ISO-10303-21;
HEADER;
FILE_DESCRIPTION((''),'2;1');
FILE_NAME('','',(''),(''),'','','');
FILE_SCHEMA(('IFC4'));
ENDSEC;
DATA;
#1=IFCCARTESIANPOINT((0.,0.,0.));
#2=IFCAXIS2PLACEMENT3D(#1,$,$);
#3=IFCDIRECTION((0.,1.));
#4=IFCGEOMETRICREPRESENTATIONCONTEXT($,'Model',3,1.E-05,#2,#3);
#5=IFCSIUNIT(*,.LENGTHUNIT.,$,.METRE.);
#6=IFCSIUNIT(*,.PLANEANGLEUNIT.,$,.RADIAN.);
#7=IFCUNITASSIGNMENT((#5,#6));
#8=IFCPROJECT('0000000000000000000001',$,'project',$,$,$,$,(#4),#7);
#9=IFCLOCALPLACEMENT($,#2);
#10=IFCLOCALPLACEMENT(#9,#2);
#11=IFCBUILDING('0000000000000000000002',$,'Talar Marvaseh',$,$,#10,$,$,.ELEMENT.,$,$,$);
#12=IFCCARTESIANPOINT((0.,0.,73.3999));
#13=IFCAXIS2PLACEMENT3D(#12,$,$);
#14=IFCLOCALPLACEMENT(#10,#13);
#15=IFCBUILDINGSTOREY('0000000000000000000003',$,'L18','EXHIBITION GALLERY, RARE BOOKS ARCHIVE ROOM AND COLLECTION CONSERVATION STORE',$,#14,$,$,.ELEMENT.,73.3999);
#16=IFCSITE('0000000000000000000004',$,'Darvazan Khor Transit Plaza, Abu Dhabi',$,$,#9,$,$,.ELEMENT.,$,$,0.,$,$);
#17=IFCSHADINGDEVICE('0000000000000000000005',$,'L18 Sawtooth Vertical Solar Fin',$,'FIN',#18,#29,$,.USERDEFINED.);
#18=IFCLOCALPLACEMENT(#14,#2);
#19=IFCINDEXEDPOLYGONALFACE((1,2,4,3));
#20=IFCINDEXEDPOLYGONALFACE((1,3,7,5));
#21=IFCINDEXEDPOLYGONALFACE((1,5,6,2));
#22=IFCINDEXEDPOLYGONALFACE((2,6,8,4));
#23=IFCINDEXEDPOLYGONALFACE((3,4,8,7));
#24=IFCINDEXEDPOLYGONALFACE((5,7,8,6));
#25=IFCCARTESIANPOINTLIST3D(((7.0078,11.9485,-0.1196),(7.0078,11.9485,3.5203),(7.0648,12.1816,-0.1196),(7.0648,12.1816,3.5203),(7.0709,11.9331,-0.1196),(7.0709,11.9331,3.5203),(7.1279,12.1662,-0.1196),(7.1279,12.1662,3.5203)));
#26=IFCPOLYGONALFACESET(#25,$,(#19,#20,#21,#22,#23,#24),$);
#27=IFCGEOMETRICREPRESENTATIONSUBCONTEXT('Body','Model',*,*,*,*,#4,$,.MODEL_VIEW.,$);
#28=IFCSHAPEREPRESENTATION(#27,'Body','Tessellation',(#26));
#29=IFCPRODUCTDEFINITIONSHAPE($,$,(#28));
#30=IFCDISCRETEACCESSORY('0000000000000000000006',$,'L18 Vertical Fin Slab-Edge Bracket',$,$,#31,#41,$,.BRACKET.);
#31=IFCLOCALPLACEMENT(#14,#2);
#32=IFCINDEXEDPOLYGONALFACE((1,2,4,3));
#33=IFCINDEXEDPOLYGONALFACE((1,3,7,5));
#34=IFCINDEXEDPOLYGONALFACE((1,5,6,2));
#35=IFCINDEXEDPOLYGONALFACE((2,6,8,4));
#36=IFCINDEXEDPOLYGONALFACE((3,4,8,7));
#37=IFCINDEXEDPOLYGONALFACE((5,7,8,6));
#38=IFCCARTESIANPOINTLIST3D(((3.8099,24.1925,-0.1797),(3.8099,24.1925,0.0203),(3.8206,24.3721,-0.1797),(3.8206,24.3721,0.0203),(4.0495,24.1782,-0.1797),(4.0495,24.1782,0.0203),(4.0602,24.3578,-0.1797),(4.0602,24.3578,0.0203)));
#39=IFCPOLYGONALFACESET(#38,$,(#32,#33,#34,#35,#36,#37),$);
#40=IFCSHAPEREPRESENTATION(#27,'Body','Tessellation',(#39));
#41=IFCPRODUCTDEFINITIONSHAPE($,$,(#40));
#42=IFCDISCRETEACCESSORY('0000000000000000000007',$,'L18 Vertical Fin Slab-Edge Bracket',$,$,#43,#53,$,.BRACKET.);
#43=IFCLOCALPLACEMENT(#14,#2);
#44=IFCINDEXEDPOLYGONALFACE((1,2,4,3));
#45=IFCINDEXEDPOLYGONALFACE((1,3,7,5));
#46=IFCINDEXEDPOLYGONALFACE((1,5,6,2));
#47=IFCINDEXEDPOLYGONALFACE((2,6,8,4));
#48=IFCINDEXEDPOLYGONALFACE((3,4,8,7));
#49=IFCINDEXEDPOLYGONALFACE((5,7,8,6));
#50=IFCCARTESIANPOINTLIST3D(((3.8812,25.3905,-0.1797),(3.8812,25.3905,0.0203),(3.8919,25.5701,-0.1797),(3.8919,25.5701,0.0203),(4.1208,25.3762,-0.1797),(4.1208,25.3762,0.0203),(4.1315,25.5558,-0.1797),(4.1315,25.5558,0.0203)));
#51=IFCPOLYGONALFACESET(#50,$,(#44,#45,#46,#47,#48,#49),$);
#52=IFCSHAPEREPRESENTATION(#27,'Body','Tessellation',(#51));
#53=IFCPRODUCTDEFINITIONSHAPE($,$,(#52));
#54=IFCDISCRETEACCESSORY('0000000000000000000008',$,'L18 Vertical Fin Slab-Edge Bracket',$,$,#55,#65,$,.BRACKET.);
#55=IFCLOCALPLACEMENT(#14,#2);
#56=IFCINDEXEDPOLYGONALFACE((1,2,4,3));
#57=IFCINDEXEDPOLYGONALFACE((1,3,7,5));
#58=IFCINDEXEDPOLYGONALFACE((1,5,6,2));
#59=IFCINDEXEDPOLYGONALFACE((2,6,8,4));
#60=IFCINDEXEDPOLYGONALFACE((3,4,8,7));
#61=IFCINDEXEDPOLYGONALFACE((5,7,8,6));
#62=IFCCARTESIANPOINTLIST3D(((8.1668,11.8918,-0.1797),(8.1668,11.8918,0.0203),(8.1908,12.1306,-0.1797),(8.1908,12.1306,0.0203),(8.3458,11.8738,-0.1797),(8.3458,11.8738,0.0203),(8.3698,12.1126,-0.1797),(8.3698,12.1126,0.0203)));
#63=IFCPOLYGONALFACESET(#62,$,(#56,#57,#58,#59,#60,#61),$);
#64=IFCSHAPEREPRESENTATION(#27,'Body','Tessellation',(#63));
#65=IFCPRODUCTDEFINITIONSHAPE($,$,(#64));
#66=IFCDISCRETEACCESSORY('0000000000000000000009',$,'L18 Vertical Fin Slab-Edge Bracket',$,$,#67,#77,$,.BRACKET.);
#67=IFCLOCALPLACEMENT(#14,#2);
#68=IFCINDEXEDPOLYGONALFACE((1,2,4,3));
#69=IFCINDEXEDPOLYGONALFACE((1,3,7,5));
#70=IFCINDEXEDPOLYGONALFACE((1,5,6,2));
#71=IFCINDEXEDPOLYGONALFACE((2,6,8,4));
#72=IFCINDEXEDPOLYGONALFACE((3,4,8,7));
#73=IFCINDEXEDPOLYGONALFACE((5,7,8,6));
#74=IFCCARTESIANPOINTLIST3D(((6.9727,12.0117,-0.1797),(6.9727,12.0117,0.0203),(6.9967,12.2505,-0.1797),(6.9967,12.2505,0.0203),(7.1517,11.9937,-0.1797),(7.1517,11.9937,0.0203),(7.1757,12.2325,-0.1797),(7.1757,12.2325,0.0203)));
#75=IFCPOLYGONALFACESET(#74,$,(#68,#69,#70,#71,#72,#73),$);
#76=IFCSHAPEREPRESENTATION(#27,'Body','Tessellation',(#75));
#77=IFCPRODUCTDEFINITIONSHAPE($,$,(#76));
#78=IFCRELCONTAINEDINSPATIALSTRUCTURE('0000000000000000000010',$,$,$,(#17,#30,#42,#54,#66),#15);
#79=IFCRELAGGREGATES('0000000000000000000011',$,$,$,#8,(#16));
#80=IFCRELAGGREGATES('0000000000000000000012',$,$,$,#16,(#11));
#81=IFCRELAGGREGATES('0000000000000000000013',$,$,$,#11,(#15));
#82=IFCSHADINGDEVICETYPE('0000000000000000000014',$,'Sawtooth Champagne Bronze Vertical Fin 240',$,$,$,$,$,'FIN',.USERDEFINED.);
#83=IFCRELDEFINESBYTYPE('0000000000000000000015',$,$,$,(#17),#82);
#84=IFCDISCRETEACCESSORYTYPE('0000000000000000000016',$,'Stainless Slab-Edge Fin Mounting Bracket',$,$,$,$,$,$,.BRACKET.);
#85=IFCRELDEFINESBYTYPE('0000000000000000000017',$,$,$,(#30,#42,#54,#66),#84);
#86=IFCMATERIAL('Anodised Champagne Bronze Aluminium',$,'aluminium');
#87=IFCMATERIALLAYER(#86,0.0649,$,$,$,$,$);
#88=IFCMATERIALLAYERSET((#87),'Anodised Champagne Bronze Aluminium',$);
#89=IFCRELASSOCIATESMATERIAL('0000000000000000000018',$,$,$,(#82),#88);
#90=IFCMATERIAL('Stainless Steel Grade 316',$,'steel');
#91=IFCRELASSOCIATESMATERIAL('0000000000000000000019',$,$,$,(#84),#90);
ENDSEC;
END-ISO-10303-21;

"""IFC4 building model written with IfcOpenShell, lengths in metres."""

from ifc_helpers import new_model, si_unit, direction, frame, origin, origin_2d, place, context, subcontext, project, spatial, rectangle, extrude, source, transform, mapped, material, layer, layer_set, type_object, type_shapes, element, save


model = new_model("IFC4")

# Units and contexts
model_context = context("Model", 3, precision=1e-05, world=origin(), true_north=direction((0.0, 1.0)))
body_context = subcontext(model_context, "Body", "Model", "MODEL_VIEW")
ifc_project = project(units=[si_unit("LENGTHUNIT", "METRE"), si_unit("PLANEANGLEUNIT", "RADIAN")], contexts=[model_context])

# Site, building, storey
site_placement = place(None, origin())
site = spatial("IfcSite", under=ifc_project, at=site_placement, Name="Darvazan Khor Transit Plaza, Abu Dhabi", CompositionType="ELEMENT", RefElevation=0.0)
building_placement = place(site_placement, origin())
building = spatial("IfcBuilding", under=site, at=building_placement, Name="Talar Marvaseh", CompositionType="ELEMENT")
storey_placement = place(building_placement, frame((0.0, 0.0, 73.3999)))
storey = spatial("IfcBuildingStorey", under=building, at=storey_placement, Name="L18", Description="EXHIBITION GALLERY, RARE BOOKS ARCHIVE ROOM AND COLLECTION CONSERVATION STORE", CompositionType="ELEMENT", Elevation=73.3999)

# Shading device
ifc_material_1 = material(Name="Anodised Champagne Bronze Aluminium", Category="aluminium")
ifc_layer_1 = layer(ifc_material_1, 0.0649)
ifc_layer_set_1 = layer_set([ifc_layer_1], Name="Anodised Champagne Bronze Aluminium")
shading_device_type = type_object("IfcShadingDeviceType", Name="Sawtooth Champagne Bronze Vertical Fin 240", ElementType="FIN", PredefinedType="USERDEFINED", material=ifc_layer_set_1)
shared_shape_1 = source(origin(), body_context, "Body", "SweptSolid", [
    extrude(rectangle(XDim=0.24, YDim=0.0649, at=origin_2d()), origin(), (0.0, 0.0, 1.0), 3.6399),
])
type_shapes(shading_device_type, [shared_shape_1])
shading_device_placement = place(storey_placement, frame((7.0679, 12.0574, -0.1196), z_axis=(0.0, 0.0, 1.0), x_axis=(-0.237516, -0.971384, 0.0)))
element("IfcShadingDevice", 1, at=shading_device_placement, inside=storey, type_object=shading_device_type, Name="L18 Sawtooth Vertical Solar Fin", ObjectType="FIN", PredefinedType="USERDEFINED", context=body_context, shape_type="MappedRepresentation", body=[
    mapped(shared_shape_1, transform((0.0, 0.0, 0.0), x_axis=(1.0, 0.0, 0.0), y_axis=(0.0, 1.0, 0.0), z_axis=(0.0, 0.0, 1.0), scale=1.0)),
])

# Discrete accessories
ifc_material_2 = material(Name="Stainless Steel Grade 316", Category="steel")
discrete_accessory_type = type_object("IfcDiscreteAccessoryType", Name="Stainless Slab-Edge Fin Mounting Bracket", PredefinedType="BRACKET", material=ifc_material_2)
shared_shape_2 = source(origin(), body_context, "Body", "SweptSolid", [
    extrude(rectangle(XDim=0.24, YDim=0.1799, at=origin_2d()), origin(), (0.0, 0.0, 1.0), 0.2),
])
type_shapes(discrete_accessory_type, [shared_shape_2])
for number, where, z_axis, x_axis, name in (
    (2, (3.9351, 24.2751, -0.1797), (0.0, 0.0, 1.0), (-0.99824, 0.059306, 0.0), "L18 Vertical Fin Slab-Edge Bracket"),
    (3, (4.0063, 25.4731, -0.1797), (0.0, 0.0, 1.0), (-0.99824, 0.059306, 0.0), "L18 Vertical Fin Slab-Edge Bracket"),
    (4, (8.2683, 12.0022, -0.1797), (0.0, 0.0, 1.0), (-0.100014, -0.994986, 0.0), "L18 Vertical Fin Slab-Edge Bracket"),
    (5, (7.0742, 12.1221, -0.1797), (0.0, 0.0, 1.0), (-0.100014, -0.994986, 0.0), "L18 Vertical Fin Slab-Edge Bracket"),
):
    element("IfcDiscreteAccessory", number, at=place(storey_placement, frame(where, z_axis=z_axis, x_axis=x_axis)), inside=storey, type_object=discrete_accessory_type, Name=name, PredefinedType="BRACKET", context=body_context, shape_type="MappedRepresentation", body=[
        mapped(shared_shape_2, transform((0.0, 0.0, 0.0), x_axis=(1.0, 0.0, 0.0), y_axis=(0.0, 1.0, 0.0), z_axis=(0.0, 0.0, 1.0), scale=1.0)),
    ])

save(model, "model.ifc")
